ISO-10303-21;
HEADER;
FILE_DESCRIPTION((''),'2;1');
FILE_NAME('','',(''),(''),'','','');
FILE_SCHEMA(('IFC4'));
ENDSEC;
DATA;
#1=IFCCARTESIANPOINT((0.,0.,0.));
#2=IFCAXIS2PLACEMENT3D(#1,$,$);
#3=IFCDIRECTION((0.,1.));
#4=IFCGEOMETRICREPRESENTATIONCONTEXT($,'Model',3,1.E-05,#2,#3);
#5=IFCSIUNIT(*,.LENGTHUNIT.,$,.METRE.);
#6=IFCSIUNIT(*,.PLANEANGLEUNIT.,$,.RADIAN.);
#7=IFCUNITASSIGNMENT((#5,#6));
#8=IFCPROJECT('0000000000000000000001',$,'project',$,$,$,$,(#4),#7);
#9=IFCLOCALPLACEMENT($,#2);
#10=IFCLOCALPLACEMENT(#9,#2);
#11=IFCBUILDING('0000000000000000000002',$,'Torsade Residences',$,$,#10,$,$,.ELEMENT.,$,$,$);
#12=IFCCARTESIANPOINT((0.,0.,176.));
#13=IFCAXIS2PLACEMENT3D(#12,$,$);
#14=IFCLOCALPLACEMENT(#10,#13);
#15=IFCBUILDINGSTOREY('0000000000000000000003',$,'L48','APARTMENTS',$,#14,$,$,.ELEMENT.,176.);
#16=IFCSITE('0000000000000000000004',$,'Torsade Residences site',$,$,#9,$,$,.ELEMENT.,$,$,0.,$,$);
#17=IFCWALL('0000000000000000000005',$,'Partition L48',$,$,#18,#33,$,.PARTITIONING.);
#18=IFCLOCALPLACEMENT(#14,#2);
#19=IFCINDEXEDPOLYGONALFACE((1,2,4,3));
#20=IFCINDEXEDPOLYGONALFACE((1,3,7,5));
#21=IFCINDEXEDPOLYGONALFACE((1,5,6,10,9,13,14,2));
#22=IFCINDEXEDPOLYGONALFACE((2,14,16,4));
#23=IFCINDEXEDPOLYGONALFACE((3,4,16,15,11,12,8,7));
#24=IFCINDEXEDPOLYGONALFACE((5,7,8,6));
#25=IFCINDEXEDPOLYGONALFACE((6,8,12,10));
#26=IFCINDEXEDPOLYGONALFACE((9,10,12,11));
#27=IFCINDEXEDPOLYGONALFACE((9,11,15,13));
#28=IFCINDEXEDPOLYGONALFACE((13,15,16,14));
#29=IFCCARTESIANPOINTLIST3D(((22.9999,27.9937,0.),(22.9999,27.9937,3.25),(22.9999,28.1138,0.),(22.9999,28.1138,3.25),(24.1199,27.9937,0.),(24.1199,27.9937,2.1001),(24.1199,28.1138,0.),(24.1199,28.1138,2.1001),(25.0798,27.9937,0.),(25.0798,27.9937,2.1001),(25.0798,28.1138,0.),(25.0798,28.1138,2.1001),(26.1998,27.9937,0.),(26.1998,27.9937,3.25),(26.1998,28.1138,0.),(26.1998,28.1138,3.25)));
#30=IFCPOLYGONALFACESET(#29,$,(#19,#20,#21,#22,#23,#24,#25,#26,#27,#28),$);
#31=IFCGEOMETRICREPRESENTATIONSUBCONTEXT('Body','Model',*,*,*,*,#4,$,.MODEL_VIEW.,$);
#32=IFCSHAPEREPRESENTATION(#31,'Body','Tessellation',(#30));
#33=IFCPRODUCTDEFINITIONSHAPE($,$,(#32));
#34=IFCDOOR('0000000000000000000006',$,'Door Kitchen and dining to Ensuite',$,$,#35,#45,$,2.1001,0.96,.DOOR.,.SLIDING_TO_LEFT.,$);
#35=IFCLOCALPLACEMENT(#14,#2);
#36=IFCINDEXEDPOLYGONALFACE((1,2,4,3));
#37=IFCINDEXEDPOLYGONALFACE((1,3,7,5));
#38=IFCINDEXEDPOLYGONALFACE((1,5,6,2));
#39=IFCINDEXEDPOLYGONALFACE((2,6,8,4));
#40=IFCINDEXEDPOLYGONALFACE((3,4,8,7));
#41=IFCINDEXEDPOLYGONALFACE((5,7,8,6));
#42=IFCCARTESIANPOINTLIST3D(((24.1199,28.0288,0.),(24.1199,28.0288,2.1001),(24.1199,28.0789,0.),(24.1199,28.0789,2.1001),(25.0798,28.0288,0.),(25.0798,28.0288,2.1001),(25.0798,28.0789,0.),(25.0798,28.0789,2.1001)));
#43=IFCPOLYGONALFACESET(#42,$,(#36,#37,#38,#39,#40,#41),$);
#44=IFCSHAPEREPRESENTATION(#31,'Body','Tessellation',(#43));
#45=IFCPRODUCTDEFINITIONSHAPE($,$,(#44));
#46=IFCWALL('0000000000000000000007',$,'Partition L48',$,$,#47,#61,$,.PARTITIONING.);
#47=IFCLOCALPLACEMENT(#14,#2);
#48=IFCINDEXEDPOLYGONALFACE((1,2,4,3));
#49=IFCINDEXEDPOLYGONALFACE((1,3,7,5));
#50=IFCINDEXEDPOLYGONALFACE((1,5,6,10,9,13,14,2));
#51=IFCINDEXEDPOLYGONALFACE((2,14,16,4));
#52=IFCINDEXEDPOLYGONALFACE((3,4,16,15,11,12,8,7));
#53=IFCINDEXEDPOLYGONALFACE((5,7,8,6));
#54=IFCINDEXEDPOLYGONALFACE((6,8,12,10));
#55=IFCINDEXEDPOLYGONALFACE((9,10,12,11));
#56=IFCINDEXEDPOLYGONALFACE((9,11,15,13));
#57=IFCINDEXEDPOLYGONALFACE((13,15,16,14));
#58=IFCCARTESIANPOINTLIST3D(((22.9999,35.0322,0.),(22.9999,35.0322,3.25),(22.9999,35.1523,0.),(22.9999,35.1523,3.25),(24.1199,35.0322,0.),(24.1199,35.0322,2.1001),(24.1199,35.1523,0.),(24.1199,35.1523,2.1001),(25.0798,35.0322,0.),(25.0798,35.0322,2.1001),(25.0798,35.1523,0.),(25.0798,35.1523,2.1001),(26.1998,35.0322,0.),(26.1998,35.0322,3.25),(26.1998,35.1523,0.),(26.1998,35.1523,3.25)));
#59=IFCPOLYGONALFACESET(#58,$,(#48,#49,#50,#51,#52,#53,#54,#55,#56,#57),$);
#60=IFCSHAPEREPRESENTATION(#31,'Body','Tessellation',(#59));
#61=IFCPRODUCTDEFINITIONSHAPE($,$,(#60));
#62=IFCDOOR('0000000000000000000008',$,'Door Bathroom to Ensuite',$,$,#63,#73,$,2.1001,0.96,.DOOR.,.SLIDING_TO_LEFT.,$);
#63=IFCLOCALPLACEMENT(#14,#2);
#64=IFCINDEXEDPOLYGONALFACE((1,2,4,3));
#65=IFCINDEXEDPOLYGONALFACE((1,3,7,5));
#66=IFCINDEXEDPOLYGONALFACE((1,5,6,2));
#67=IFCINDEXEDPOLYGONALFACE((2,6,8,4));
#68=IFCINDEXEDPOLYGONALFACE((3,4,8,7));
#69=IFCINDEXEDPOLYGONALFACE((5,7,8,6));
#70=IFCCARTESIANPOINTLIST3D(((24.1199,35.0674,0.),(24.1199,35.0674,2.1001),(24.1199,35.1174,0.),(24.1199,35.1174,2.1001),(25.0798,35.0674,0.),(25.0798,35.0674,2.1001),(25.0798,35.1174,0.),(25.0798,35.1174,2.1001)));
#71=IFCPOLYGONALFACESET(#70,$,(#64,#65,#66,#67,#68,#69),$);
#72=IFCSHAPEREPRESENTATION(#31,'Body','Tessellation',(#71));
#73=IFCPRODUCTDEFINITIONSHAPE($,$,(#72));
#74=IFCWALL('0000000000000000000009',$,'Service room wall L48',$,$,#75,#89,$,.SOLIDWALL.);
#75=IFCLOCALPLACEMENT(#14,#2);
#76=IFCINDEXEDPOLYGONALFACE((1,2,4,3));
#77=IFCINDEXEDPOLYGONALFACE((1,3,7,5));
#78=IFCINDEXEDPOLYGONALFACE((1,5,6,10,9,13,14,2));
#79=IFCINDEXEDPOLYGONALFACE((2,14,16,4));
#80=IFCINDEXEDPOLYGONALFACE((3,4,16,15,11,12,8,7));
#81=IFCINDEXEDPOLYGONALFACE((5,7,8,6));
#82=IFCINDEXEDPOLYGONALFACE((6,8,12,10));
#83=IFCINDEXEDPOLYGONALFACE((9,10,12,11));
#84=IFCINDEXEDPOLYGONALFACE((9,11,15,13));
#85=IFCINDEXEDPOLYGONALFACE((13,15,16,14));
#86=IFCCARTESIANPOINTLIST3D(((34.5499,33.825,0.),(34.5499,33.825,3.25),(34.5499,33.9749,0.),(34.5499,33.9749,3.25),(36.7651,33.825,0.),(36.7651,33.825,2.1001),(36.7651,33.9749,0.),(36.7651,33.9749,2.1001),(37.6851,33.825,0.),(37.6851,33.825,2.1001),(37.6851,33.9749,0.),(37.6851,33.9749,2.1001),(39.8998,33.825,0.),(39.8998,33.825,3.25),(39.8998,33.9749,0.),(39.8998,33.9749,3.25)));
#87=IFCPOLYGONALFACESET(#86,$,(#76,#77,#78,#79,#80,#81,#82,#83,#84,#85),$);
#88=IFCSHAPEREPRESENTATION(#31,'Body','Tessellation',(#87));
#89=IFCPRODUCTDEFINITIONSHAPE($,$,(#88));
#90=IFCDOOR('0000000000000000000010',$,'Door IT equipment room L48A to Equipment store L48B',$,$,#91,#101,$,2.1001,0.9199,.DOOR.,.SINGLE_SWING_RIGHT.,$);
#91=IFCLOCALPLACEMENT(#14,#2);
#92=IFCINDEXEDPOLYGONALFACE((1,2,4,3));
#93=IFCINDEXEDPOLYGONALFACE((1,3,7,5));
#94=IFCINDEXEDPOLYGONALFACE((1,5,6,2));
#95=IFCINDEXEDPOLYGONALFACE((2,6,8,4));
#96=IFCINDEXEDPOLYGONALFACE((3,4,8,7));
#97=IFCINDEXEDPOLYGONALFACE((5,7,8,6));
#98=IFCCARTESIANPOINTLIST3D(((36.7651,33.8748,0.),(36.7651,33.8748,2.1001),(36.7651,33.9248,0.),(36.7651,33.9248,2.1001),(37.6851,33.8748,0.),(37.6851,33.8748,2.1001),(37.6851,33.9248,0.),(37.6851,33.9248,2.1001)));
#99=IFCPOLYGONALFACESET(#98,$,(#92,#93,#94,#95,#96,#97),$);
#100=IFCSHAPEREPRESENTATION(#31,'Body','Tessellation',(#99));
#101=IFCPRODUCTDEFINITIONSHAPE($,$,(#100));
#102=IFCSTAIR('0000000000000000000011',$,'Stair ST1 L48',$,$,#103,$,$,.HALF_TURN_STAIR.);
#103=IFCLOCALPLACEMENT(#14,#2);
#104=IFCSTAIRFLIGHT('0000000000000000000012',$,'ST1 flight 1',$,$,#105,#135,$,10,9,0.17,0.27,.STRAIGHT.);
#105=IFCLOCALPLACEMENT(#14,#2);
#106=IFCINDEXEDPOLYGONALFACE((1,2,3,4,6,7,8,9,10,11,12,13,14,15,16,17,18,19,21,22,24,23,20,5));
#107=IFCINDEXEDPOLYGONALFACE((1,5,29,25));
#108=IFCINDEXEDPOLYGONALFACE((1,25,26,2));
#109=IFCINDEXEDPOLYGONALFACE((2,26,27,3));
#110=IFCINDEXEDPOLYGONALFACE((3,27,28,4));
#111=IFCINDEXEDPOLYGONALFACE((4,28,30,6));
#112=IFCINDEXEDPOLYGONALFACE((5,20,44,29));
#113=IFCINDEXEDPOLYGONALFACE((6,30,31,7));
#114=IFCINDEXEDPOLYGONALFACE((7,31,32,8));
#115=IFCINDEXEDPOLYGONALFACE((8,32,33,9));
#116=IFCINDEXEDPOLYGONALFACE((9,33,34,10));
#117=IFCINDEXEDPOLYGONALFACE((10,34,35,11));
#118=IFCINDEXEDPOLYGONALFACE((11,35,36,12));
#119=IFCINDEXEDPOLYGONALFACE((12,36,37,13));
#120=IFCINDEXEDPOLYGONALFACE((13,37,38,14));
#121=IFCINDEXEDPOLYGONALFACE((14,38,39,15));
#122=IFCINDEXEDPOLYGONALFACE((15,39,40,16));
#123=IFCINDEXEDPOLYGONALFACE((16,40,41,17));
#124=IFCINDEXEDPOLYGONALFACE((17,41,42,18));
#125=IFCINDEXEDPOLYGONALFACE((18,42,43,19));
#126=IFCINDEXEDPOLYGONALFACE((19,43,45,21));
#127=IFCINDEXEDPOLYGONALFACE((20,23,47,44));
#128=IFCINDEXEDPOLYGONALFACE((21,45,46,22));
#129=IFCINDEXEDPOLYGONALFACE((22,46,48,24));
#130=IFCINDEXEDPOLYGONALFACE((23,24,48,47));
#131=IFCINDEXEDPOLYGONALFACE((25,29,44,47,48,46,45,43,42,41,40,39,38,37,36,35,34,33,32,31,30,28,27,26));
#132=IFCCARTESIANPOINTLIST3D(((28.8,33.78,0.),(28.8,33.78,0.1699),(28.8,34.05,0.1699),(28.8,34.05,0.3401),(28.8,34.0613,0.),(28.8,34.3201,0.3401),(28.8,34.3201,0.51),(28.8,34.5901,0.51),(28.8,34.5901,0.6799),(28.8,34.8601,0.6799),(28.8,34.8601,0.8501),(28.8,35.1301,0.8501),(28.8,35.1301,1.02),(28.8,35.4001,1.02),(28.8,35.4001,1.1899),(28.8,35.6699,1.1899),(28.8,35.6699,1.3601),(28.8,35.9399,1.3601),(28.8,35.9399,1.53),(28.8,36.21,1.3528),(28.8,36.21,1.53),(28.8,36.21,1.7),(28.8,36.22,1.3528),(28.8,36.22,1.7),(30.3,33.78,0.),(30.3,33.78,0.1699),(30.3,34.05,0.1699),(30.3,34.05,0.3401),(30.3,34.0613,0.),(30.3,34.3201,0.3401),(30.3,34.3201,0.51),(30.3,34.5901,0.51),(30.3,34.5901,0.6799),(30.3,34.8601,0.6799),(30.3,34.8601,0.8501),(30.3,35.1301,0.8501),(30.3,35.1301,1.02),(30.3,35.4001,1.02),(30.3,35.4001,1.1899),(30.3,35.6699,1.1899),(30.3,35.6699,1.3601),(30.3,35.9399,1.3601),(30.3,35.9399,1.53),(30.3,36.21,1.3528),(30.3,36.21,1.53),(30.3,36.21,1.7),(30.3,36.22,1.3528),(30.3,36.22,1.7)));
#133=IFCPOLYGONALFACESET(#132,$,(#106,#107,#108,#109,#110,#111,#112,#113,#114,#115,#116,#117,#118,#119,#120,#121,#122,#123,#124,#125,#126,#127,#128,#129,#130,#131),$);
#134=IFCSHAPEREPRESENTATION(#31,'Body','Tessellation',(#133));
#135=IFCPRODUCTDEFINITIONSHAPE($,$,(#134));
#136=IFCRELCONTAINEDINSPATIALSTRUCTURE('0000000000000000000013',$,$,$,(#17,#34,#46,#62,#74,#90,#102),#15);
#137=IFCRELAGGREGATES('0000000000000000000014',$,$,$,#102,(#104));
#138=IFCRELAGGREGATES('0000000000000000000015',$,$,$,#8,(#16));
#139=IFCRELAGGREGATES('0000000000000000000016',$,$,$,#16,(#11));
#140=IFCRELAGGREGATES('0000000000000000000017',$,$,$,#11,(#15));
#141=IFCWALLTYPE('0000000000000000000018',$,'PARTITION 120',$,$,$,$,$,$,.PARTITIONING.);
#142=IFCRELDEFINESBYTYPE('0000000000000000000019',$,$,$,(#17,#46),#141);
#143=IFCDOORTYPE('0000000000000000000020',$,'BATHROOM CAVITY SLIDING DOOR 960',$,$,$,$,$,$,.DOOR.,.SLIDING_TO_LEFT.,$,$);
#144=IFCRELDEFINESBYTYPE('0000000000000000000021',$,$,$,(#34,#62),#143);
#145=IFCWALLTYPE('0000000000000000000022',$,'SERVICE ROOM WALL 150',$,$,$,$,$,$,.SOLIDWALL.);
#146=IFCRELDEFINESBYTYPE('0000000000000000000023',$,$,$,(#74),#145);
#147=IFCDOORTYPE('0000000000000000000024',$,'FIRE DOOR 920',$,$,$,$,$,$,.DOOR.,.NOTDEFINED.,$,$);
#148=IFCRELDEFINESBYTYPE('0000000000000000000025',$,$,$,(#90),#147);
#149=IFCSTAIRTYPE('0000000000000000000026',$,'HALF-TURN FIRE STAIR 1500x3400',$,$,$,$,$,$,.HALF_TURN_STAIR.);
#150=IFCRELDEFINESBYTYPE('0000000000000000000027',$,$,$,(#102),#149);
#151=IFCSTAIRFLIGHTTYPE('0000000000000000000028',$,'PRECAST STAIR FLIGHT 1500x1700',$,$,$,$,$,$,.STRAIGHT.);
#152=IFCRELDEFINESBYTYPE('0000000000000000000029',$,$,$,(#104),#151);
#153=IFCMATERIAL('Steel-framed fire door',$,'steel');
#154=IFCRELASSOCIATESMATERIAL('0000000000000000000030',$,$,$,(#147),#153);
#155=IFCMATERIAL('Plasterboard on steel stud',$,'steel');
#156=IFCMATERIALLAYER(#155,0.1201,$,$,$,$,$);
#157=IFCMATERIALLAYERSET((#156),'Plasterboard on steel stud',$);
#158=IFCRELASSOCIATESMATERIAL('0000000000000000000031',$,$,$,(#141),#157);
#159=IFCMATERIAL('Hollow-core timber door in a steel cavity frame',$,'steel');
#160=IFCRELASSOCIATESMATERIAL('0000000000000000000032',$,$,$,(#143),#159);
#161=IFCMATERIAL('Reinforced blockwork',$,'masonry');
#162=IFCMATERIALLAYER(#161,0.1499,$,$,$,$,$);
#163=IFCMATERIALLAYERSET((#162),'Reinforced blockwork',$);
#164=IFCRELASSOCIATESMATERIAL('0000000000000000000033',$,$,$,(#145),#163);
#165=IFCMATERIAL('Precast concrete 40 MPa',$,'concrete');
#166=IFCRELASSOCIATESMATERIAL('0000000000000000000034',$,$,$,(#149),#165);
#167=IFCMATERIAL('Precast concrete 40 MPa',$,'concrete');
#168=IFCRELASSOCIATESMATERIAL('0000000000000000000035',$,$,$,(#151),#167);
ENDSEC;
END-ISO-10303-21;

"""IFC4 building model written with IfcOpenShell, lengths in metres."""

from ifc_helpers import new_model, si_unit, direction, frame, frame_2d, origin, place, context, subcontext, project, spatial, polyline, rectangle, outline, extrude, material, layer, layer_set, type_object, element, fill, aggregate, save


model = new_model("IFC4")

# Units and contexts
model_context = context("Model", 3, precision=1e-05, world=origin(), true_north=direction((0.0, 1.0)))
body_context = subcontext(model_context, "Body", "Model", "MODEL_VIEW")
ifc_project = project(units=[si_unit("LENGTHUNIT", "METRE"), si_unit("PLANEANGLEUNIT", "RADIAN")], contexts=[model_context])

# Site, building, storey
site_placement = place(None, origin())
site = spatial("IfcSite", under=ifc_project, at=site_placement, Name="Torsade Residences site", CompositionType="ELEMENT", RefElevation=0.0)
building_placement = place(site_placement, origin())
building = spatial("IfcBuilding", under=site, at=building_placement, Name="Torsade Residences", CompositionType="ELEMENT")
storey_placement = place(building_placement, frame((0.0, 0.0, 176.0)))
storey = spatial("IfcBuildingStorey", under=building, at=storey_placement, Name="L48", Description="APARTMENTS", CompositionType="ELEMENT", Elevation=176.0)

# Shared definitions
ifc_material_1 = material(Name="Steel-framed fire door", Category="steel")
door_type_1 = type_object("IfcDoorType", Name="FIRE DOOR 920", OperationType="NOTDEFINED", PredefinedType="DOOR", material=ifc_material_1)

# Walls, openings, doors
ifc_material_2 = material(Name="Plasterboard on steel stud", Category="steel")
ifc_layer_1 = layer(ifc_material_2, 0.1201)
ifc_layer_set_1 = layer_set([ifc_layer_1], Name="Plasterboard on steel stud")
wall_type_1 = type_object("IfcWallType", Name="PARTITION 120", PredefinedType="PARTITIONING", material=ifc_layer_set_1)
wall_1_placement = place(storey_placement, frame((26.2, 28.0537, 0.0), z_axis=(0.0, 0.0, 1.0), x_axis=(-1.0, 0.0, 0.0)))
wall_1 = element("IfcWall", 1, at=wall_1_placement, inside=storey, type_object=wall_type_1, Name="Partition L48", PredefinedType="PARTITIONING", context=body_context, shape_type="SweptSolid", body=[
    extrude(rectangle(XDim=3.2, YDim=0.1201, at=frame_2d((1.6001, 0.0))), origin(), (0.0, 0.0, 1.0), 3.25),
])
opening_1_placement = place(wall_1_placement, frame((1.1201, 0.0, 0.0)))
opening_1 = element("IfcOpeningElement", 2, at=opening_1_placement, cuts=wall_1, PredefinedType="OPENING", context=body_context, shape_type="SweptSolid", body=[
    extrude(rectangle(XDim=0.96, YDim=2.1001, at=frame_2d((0.48, 1.05))), frame((0.0, 0.0701, 0.0), z_axis=(0.0, -1.0, 0.0), x_axis=(1.0, 0.0, 0.0)), (0.0, 0.0, 1.0), 0.1401),
])
ifc_material_3 = material(Name="Hollow-core timber door in a steel cavity frame", Category="steel")
door_type_2 = type_object("IfcDoorType", Name="BATHROOM CAVITY SLIDING DOOR 960", OperationType="SLIDING_TO_LEFT", PredefinedType="DOOR", material=ifc_material_3)
door_1_placement = place(opening_1_placement, origin())
door_1 = element("IfcDoor", 3, at=door_1_placement, inside=storey, type_object=door_type_2, Name="Door Kitchen and dining to Ensuite", OperationType="SLIDING_TO_LEFT", OverallHeight=2.1001, OverallWidth=0.96, PredefinedType="DOOR", context=body_context, shape_type="SweptSolid", body=[
    extrude(rectangle(XDim=0.96, YDim=2.1001, at=frame_2d((0.48, 1.05))), frame((0.0, 0.0249, 0.0), z_axis=(0.0, -1.0, 0.0), x_axis=(1.0, 0.0, 0.0)), (0.0, 0.0, 1.0), 0.05),
])
fill(opening_1, door_1)
wall_2_placement = place(storey_placement, frame((26.2, 35.0923, 0.0), z_axis=(0.0, 0.0, 1.0), x_axis=(-1.0, 0.0, 0.0)))
wall_2 = element("IfcWall", 4, at=wall_2_placement, inside=storey, type_object=wall_type_1, Name="Partition L48", PredefinedType="PARTITIONING", context=body_context, shape_type="SweptSolid", body=[
    extrude(rectangle(XDim=3.2, YDim=0.1201, at=frame_2d((1.6001, 0.0))), origin(), (0.0, 0.0, 1.0), 3.25),
])
opening_2_placement = place(wall_2_placement, frame((1.1201, 0.0, 0.0)))
opening_2 = element("IfcOpeningElement", 5, at=opening_2_placement, cuts=wall_2, PredefinedType="OPENING", context=body_context, shape_type="SweptSolid", body=[
    extrude(rectangle(XDim=0.96, YDim=2.1001, at=frame_2d((0.48, 1.05))), frame((0.0, 0.0701, 0.0), z_axis=(0.0, -1.0, 0.0), x_axis=(1.0, 0.0, 0.0)), (0.0, 0.0, 1.0), 0.1401),
])
door_2_placement = place(opening_2_placement, origin())
door_2 = element("IfcDoor", 6, at=door_2_placement, inside=storey, type_object=door_type_2, Name="Door Bathroom to Ensuite", OperationType="SLIDING_TO_LEFT", OverallHeight=2.1001, OverallWidth=0.96, PredefinedType="DOOR", context=body_context, shape_type="SweptSolid", body=[
    extrude(rectangle(XDim=0.96, YDim=2.1001, at=frame_2d((0.48, 1.05))), frame((0.0, 0.0249, 0.0), z_axis=(0.0, -1.0, 0.0), x_axis=(1.0, 0.0, 0.0)), (0.0, 0.0, 1.0), 0.05),
])
fill(opening_2, door_2)
ifc_material_4 = material(Name="Reinforced blockwork", Category="masonry")
ifc_layer_2 = layer(ifc_material_4, 0.1499)
ifc_layer_set_2 = layer_set([ifc_layer_2], Name="Reinforced blockwork")
wall_type_2 = type_object("IfcWallType", Name="SERVICE ROOM WALL 150", PredefinedType="SOLIDWALL", material=ifc_layer_set_2)
wall_3_placement = place(storey_placement, frame((34.55, 33.8999, 0.0), z_axis=(0.0, 0.0, 1.0), x_axis=(1.0, 0.0, 0.0)))
wall_3 = element("IfcWall", 7, at=wall_3_placement, inside=storey, type_object=wall_type_2, Name="Service room wall L48", PredefinedType="SOLIDWALL", context=body_context, shape_type="SweptSolid", body=[
    extrude(rectangle(XDim=5.3499, YDim=0.1499, at=frame_2d((2.6748, 0.0))), origin(), (0.0, 0.0, 1.0), 3.25),
])
opening_3_placement = place(wall_3_placement, frame((2.2151, 0.0, 0.0)))
opening_3 = element("IfcOpeningElement", 8, at=opening_3_placement, cuts=wall_3, PredefinedType="OPENING", context=body_context, shape_type="SweptSolid", body=[
    extrude(rectangle(XDim=0.9199, YDim=2.1001, at=frame_2d((0.46, 1.05))), frame((0.0, 0.085, 0.0), z_axis=(0.0, -1.0, 0.0), x_axis=(1.0, 0.0, 0.0)), (0.0, 0.0, 1.0), 0.1699),
])
door_3_placement = place(opening_3_placement, origin())
door_3 = element("IfcDoor", 9, at=door_3_placement, inside=storey, type_object=door_type_1, Name="Door IT equipment room L48A to Equipment store L48B", OperationType="SINGLE_SWING_RIGHT", OverallHeight=2.1001, OverallWidth=0.9199, PredefinedType="DOOR", context=body_context, shape_type="SweptSolid", body=[
    extrude(rectangle(XDim=0.9199, YDim=2.1001, at=frame_2d((0.46, 1.05))), frame((0.0, 0.0249, 0.0), z_axis=(0.0, -1.0, 0.0), x_axis=(1.0, 0.0, 0.0)), (0.0, 0.0, 1.0), 0.05),
])
fill(opening_3, door_3)

# Stair, stair flight
ifc_material_5 = material(Name="Precast concrete 40 MPa", Category="concrete")
stair_type = type_object("IfcStairType", Name="HALF-TURN FIRE STAIR 1500x3400", PredefinedType="HALF_TURN_STAIR", material=ifc_material_5)
stair_placement = place(storey_placement, origin())
stair = element("IfcStair", 10, at=stair_placement, inside=storey, type_object=stair_type, Name="Stair ST1 L48", PredefinedType="HALF_TURN_STAIR")
ifc_material_6 = material(Name="Precast concrete 40 MPa", Category="concrete")
stair_flight_type = type_object("IfcStairFlightType", Name="PRECAST STAIR FLIGHT 1500x1700", PredefinedType="STRAIGHT", material=ifc_material_6)
stair_flight_placement = place(storey_placement, frame((29.55, 33.78, 0.0), z_axis=(0.0, 0.0, 1.0), x_axis=(0.0, 1.0, 0.0)))
stair_flight = element("IfcStairFlight", 11, at=stair_flight_placement, type_object=stair_flight_type, Name="ST1 flight 1", NumberOfRisers=10, NumberOfTreads=9, PredefinedType="STRAIGHT", RiserHeight=0.17, TreadLength=0.27, context=body_context, shape_type="SweptSolid", body=[
    extrude(outline(polyline([(0.0, 0.0), (0.0, 0.1699), (0.27, 0.1699), (0.27, 0.3401), (0.54, 0.3401), (0.54, 0.51), (0.8101, 0.51), (0.8101, 0.6799), (1.0801, 0.6799), (1.0801, 0.8501), (1.3501, 0.8501), (1.3501, 1.02), (1.6201, 1.02), (1.6201, 1.1899), (1.8899, 1.1899), (1.8899, 1.3601), (2.1599, 1.3601), (2.1599, 1.53), (2.4299, 1.53), (2.4299, 1.7), (2.4399, 1.7), (2.4399, 1.3528), (2.4299, 1.3528), (0.2812, 0.0), (0.0, 0.0)])), frame((0.0, 0.75, 0.0), z_axis=(0.0, -1.0, 0.0), x_axis=(1.0, 0.0, 0.0)), (0.0, 0.0, 1.0), 1.5),
])
aggregate(stair, [stair_flight])

save(model, "model.ifc")
